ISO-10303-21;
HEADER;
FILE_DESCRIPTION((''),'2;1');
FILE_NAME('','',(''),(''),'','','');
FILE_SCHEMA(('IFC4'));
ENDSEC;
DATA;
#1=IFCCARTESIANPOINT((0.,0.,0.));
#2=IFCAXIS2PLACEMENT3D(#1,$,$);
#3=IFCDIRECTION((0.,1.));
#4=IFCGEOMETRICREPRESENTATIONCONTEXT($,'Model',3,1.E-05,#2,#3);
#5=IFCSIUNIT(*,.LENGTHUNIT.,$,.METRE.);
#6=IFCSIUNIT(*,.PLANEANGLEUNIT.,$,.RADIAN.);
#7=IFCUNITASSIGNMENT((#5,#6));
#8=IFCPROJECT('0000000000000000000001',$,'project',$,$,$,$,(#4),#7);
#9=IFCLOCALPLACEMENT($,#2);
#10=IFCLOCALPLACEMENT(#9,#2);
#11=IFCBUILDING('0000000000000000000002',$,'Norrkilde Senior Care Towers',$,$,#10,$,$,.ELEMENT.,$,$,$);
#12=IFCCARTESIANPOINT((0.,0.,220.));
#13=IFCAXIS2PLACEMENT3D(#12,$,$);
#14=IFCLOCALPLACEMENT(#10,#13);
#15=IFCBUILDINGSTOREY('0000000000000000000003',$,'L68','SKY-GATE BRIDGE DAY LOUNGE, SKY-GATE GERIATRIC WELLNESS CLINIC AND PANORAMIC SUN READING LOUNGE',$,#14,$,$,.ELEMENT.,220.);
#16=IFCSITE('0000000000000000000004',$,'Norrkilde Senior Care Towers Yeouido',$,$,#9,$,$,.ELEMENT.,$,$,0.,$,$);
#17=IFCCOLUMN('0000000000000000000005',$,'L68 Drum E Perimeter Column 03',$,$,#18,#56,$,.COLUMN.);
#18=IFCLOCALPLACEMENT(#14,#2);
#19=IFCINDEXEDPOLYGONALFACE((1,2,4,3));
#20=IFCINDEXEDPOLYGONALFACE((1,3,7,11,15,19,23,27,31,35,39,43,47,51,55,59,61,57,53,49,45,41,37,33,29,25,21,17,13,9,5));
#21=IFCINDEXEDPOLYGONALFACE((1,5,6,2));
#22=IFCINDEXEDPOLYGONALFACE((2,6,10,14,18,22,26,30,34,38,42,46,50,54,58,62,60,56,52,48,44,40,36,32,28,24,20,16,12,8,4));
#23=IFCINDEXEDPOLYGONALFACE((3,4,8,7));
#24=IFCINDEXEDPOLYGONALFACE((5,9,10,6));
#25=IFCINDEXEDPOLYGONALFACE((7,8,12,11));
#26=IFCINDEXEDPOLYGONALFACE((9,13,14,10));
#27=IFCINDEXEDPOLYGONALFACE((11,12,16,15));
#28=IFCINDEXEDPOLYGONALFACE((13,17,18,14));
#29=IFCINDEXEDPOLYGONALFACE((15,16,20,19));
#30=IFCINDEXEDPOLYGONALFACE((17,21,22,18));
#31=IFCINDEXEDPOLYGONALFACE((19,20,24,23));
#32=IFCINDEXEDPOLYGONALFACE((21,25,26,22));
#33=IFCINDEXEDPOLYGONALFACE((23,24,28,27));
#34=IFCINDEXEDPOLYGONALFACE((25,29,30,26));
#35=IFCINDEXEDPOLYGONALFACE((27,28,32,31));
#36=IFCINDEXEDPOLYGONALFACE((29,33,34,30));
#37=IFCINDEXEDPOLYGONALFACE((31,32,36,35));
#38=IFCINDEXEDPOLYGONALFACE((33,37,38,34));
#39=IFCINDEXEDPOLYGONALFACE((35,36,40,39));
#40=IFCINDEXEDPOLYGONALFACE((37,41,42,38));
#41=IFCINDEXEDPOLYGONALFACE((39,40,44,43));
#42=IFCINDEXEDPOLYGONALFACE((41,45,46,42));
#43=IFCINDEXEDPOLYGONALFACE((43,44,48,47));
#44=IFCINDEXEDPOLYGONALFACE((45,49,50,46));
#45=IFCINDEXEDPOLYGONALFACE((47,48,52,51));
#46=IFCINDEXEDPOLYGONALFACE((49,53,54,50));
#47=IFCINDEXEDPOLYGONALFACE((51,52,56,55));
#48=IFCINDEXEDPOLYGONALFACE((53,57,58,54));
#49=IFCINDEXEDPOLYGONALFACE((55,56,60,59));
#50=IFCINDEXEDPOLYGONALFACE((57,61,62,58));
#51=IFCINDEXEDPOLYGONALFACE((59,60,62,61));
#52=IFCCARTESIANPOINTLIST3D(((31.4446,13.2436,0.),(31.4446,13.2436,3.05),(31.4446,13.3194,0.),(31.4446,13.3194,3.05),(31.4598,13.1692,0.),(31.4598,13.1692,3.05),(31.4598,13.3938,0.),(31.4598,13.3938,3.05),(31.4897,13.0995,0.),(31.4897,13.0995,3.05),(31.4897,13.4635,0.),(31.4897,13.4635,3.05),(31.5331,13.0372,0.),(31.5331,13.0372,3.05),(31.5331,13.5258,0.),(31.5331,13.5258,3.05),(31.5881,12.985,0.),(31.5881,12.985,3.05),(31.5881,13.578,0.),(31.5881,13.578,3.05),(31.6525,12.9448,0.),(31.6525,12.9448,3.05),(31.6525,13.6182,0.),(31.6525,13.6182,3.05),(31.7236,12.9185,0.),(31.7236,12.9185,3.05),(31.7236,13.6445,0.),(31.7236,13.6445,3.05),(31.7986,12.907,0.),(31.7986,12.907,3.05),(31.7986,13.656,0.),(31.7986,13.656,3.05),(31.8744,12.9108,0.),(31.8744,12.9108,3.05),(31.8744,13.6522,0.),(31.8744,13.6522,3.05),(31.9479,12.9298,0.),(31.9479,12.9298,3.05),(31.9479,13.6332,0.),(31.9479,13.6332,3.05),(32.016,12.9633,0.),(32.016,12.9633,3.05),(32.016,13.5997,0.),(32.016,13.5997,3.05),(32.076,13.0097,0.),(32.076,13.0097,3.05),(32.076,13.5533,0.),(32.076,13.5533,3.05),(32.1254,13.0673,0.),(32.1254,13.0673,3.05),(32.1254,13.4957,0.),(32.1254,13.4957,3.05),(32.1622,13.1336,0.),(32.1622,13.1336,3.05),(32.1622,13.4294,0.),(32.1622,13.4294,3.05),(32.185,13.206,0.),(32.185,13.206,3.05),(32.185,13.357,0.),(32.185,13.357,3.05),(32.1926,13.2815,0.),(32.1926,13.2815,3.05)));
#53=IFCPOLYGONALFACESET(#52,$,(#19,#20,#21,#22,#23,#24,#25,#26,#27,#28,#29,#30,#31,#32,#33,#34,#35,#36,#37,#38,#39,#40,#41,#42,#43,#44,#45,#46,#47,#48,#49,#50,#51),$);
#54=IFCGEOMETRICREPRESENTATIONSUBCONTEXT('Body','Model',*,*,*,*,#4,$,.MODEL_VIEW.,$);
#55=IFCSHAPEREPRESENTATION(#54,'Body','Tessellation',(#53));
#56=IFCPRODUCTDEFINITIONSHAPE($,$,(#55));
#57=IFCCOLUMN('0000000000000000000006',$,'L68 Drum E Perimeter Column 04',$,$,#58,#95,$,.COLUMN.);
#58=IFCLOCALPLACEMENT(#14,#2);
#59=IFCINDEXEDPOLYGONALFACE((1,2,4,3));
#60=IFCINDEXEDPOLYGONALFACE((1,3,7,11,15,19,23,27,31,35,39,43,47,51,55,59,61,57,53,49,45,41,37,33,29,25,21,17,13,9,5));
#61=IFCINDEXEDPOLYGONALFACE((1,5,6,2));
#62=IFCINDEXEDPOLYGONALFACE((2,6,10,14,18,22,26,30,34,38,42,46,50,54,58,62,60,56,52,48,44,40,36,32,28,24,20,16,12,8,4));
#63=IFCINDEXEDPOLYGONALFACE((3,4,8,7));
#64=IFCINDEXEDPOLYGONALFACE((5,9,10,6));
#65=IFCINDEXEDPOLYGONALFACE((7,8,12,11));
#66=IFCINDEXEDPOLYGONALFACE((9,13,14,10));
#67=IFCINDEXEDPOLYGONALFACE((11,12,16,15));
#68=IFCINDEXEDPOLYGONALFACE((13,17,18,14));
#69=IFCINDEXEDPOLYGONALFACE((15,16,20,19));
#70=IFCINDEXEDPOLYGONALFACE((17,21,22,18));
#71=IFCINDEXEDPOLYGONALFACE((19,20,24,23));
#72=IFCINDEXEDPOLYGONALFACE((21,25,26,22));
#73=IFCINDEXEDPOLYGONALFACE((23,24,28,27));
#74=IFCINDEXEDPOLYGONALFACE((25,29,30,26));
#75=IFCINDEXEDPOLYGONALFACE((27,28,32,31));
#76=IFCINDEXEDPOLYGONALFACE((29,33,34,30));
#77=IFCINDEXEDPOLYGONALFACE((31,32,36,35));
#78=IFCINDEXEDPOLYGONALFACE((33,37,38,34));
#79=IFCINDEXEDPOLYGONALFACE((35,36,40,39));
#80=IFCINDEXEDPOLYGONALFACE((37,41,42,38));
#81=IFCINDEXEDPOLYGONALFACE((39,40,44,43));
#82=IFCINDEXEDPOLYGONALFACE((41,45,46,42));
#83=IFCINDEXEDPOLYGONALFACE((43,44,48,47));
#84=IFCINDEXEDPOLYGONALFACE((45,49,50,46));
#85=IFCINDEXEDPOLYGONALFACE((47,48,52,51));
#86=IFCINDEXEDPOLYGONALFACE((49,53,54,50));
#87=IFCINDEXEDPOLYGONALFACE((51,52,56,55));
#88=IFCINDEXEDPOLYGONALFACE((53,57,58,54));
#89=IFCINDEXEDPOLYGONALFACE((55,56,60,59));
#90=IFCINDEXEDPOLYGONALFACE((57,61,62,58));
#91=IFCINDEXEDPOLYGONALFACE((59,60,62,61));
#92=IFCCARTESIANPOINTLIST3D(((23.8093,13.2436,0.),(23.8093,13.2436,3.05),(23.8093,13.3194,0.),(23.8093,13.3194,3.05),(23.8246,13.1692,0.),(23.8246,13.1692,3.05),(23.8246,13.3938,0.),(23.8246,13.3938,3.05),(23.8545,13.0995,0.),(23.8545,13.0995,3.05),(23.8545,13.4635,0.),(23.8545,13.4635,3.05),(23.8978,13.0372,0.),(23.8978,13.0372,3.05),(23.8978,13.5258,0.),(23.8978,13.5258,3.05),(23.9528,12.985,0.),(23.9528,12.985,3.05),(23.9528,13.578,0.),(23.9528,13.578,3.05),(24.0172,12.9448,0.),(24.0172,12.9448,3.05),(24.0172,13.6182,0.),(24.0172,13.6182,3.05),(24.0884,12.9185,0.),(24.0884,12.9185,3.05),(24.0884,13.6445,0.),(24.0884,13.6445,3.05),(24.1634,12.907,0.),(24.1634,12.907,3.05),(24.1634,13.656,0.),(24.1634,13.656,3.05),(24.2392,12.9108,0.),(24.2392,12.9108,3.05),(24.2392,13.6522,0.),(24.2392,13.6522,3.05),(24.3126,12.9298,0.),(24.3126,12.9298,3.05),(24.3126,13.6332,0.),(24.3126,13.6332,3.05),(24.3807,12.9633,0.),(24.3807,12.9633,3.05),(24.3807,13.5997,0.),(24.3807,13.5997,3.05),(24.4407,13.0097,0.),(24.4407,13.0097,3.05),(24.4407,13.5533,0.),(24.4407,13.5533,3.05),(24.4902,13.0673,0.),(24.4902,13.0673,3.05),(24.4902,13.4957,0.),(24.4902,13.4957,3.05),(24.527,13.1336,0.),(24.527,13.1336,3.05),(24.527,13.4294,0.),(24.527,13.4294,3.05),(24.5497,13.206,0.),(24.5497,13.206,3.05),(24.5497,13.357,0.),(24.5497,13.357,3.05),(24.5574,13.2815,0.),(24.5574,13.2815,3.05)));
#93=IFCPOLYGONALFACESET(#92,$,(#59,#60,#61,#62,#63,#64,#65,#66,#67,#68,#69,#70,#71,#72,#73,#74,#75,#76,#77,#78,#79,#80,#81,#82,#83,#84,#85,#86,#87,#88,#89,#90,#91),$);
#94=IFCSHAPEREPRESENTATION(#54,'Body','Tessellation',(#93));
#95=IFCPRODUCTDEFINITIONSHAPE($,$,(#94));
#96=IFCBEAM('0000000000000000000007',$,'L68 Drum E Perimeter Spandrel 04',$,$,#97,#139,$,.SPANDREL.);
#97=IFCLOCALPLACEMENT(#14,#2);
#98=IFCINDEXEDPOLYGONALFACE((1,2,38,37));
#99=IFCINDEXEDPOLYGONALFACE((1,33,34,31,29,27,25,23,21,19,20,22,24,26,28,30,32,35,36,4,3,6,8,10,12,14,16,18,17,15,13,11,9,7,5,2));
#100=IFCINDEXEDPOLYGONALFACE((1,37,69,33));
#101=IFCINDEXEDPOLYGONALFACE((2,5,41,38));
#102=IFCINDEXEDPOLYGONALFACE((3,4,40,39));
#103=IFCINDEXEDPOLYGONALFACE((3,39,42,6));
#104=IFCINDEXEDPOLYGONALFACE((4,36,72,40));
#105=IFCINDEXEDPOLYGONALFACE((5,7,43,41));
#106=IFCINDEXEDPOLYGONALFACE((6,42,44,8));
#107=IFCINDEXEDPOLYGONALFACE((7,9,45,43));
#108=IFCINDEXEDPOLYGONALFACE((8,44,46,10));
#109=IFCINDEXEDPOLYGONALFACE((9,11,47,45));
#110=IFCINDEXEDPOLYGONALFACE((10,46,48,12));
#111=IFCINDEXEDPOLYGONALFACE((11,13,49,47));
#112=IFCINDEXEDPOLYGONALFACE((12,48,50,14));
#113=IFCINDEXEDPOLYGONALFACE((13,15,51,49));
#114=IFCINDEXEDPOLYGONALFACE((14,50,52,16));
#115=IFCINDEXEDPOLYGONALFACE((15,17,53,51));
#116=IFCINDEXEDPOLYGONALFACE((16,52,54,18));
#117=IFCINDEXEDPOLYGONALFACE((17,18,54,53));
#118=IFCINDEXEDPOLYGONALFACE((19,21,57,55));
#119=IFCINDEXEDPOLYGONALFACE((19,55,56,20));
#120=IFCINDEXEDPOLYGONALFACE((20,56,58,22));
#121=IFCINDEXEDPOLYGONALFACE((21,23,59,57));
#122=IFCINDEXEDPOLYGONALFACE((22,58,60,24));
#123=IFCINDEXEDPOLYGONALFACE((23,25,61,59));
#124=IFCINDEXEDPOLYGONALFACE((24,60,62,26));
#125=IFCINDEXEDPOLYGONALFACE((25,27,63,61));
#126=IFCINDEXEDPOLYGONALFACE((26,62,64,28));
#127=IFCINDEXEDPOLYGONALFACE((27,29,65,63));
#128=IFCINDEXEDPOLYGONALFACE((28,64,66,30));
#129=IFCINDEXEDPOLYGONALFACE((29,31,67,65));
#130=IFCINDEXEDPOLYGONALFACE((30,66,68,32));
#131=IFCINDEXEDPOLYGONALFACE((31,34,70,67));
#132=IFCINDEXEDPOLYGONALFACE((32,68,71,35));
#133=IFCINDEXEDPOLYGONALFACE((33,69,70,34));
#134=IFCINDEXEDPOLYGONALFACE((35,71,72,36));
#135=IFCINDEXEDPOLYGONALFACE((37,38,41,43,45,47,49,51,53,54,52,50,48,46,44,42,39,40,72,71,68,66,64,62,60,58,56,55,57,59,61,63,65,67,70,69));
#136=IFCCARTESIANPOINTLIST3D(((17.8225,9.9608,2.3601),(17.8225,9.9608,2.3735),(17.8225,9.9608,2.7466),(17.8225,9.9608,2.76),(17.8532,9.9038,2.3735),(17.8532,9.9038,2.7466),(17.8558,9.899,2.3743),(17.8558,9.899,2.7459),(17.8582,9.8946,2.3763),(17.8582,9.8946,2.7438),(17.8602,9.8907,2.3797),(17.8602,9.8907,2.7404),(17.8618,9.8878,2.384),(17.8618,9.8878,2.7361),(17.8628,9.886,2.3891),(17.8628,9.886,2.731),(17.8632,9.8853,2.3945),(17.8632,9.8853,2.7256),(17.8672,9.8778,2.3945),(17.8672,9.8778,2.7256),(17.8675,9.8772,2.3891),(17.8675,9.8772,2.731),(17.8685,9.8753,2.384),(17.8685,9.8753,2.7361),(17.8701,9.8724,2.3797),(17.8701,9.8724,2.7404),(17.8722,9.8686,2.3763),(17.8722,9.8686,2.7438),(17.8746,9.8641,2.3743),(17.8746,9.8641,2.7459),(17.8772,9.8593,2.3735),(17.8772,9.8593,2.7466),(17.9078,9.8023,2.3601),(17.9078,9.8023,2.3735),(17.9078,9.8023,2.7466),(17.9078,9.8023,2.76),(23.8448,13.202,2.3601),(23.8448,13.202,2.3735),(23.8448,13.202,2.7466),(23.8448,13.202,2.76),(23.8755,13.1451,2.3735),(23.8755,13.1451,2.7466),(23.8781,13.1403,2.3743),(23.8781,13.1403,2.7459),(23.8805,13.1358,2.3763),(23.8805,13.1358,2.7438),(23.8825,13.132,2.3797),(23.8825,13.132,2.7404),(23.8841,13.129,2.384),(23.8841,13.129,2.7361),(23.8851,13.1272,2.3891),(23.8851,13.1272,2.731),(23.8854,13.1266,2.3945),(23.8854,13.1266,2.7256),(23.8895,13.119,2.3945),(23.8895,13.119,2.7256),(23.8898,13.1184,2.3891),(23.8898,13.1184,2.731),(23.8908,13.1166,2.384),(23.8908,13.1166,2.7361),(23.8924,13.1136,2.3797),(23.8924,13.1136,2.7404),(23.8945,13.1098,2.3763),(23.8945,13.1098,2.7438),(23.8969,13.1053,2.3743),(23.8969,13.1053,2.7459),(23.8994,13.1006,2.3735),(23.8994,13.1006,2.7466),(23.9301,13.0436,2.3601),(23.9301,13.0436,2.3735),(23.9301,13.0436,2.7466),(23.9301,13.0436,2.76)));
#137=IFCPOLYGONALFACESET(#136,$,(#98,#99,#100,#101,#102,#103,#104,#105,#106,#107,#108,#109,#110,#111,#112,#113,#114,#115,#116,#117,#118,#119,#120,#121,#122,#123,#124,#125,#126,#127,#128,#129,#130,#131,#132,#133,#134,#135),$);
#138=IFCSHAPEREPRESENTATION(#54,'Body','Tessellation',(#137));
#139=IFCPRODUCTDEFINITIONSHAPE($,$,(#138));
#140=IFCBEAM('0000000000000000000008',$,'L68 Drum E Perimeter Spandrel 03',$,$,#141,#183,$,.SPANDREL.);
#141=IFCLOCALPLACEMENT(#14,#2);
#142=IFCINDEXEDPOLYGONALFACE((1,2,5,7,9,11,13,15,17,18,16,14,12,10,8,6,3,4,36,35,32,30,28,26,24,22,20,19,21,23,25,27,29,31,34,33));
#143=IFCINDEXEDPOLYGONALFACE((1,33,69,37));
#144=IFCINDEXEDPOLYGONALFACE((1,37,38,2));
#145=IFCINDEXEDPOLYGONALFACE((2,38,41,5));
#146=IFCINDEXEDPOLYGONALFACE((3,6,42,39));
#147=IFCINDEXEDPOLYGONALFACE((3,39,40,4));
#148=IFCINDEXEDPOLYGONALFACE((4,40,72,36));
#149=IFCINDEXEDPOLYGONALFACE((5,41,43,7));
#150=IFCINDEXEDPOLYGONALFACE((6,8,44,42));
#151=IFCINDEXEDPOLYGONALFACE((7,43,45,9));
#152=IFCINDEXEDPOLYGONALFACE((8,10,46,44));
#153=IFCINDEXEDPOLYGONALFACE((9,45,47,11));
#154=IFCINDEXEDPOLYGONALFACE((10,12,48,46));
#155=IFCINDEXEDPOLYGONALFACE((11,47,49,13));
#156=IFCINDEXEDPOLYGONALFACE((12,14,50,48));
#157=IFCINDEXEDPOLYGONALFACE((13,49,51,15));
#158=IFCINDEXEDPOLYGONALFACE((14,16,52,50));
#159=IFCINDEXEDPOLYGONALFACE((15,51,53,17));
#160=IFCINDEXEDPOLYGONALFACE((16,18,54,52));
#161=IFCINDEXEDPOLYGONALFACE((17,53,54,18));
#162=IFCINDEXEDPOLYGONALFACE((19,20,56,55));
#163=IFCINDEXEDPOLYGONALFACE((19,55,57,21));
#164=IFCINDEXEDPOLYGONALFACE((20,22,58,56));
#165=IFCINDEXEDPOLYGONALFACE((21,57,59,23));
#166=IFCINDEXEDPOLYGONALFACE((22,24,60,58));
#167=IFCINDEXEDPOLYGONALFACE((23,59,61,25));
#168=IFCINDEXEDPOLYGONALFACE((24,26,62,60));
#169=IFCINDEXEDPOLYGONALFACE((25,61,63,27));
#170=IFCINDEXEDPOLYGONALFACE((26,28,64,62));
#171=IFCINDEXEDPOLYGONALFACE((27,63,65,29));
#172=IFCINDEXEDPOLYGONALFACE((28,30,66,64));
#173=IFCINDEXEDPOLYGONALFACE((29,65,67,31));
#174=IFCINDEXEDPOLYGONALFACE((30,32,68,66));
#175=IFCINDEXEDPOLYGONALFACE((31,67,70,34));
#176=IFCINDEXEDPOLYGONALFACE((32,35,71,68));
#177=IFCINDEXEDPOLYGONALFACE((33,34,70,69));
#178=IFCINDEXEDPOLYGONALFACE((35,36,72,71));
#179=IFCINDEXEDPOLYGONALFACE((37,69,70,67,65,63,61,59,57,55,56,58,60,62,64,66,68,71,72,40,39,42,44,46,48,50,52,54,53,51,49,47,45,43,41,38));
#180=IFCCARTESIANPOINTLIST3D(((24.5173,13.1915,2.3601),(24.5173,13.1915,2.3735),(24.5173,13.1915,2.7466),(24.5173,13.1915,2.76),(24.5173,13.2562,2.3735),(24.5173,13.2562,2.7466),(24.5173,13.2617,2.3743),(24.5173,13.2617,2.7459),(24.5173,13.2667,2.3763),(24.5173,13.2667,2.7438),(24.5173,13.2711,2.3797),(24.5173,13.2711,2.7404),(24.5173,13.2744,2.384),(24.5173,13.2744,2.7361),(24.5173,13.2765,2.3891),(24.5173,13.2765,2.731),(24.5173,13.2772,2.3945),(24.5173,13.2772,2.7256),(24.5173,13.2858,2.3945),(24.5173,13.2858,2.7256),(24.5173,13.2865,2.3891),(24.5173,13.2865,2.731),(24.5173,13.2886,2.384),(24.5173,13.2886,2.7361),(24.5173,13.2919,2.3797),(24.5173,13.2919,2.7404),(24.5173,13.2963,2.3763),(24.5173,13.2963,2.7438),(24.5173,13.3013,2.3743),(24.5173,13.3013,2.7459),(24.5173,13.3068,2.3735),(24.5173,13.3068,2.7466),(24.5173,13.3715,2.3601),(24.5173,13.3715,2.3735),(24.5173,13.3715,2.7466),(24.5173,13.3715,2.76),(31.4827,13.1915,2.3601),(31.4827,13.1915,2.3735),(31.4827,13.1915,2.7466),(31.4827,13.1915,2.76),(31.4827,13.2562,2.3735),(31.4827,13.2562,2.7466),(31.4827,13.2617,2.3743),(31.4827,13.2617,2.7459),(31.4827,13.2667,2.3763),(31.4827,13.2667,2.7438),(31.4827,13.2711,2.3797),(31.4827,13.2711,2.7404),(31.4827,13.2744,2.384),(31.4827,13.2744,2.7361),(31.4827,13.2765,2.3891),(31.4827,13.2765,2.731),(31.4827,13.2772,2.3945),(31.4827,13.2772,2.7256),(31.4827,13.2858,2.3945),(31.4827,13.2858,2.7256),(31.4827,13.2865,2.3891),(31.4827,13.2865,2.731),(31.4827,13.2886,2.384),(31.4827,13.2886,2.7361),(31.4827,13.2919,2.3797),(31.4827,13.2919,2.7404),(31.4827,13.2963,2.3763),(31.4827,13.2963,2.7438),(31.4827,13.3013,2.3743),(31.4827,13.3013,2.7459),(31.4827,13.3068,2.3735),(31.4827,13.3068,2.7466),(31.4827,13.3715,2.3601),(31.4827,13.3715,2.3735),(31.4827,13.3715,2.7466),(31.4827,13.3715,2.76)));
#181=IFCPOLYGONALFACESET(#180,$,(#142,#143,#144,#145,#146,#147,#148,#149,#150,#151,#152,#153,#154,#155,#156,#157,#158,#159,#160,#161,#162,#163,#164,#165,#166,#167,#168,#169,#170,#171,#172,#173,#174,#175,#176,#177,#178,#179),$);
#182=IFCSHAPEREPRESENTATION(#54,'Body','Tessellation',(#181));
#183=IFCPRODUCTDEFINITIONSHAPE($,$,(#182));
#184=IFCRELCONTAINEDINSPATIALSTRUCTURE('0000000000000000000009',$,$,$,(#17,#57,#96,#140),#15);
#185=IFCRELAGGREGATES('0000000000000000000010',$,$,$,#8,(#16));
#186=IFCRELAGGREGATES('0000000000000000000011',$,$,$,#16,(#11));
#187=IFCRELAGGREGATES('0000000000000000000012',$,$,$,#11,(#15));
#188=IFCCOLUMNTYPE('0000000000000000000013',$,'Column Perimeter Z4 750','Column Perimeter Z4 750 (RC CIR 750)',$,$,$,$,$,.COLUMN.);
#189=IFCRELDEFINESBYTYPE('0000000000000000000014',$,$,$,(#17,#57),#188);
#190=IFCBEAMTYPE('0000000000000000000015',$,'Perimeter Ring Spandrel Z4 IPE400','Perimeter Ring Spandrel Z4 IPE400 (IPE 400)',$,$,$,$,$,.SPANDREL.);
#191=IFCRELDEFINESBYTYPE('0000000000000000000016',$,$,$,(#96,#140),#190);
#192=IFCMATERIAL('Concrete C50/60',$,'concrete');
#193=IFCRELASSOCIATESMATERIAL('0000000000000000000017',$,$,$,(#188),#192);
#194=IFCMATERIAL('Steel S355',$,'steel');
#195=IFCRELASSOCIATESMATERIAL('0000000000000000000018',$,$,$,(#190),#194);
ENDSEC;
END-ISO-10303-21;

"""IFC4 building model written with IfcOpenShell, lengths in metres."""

from ifc_helpers import new_model, si_unit, direction, frame, origin, origin_2d, place, context, subcontext, project, spatial, circle, i_section, extrude, source, transform, mapped, material, material_profile, profile_set, type_object, type_shapes, element, save


model = new_model("IFC4")

# Units and contexts
model_context = context("Model", 3, precision=1e-05, world=origin(), true_north=direction((0.0, 1.0)))
body_context = subcontext(model_context, "Body", "Model", "MODEL_VIEW")
ifc_project = project(units=[si_unit("LENGTHUNIT", "METRE"), si_unit("PLANEANGLEUNIT", "RADIAN")], contexts=[model_context])

# Site, building, storey
site_placement = place(None, origin())
site = spatial("IfcSite", under=ifc_project, at=site_placement, Name="Norrkilde Senior Care Towers Yeouido", CompositionType="ELEMENT", RefElevation=0.0)
building_placement = place(site_placement, origin())
building = spatial("IfcBuilding", under=site, at=building_placement, Name="Norrkilde Senior Care Towers", CompositionType="ELEMENT")
storey_placement = place(building_placement, frame((0.0, 0.0, 220.0)))
storey = spatial("IfcBuildingStorey", under=building, at=storey_placement, Name="L68", Description="SKY-GATE BRIDGE DAY LOUNGE, SKY-GATE GERIATRIC WELLNESS CLINIC AND PANORAMIC SUN READING LOUNGE", CompositionType="ELEMENT", Elevation=220.0)

# Columns
ifc_material_1 = material(Name="Concrete C50/60", Category="concrete")
ifc_material_profile_1 = material_profile(ifc_material_1, circle(Radius=0.375, at=origin_2d()), Name="RC CIR 750")
ifc_profile_set_1 = profile_set([ifc_material_profile_1], Name="Concrete C50/60")
column_type = type_object("IfcColumnType", Name="Column Perimeter Z4 750", Description="Column Perimeter Z4 750 (RC CIR 750)", PredefinedType="COLUMN", material=ifc_profile_set_1)
shared_shape_1 = source(origin(), body_context, "Body", "SweptSolid", [
    extrude(circle(Radius=0.375, at=origin_2d()), origin(), (0.0, 0.0, 1.0), 3.05),
])
type_shapes(column_type, [shared_shape_1])
for number, where, z_axis, x_axis, name in (
    (1, (31.8176, 13.2815, 0.0), (0.0, 0.0, 1.0), (1.0, 0.0, 0.0), "L68 Drum E Perimeter Column 03"),
    (2, (24.1824, 13.2815, 0.0), (0.0, 0.0, 1.0), (1.0, 0.0, 0.0), "L68 Drum E Perimeter Column 04"),
):
    element("IfcColumn", number, at=place(storey_placement, frame(where, z_axis=z_axis, x_axis=x_axis)), inside=storey, type_object=column_type, Name=name, PredefinedType="COLUMN", context=body_context, shape_type="MappedRepresentation", body=[
        mapped(shared_shape_1, transform((0.0, 0.0, 0.0), x_axis=(1.0, 0.0, 0.0), y_axis=(0.0, 1.0, 0.0), z_axis=(0.0, 0.0, 1.0), scale=1.0)),
    ])

# Beams
ifc_material_2 = material(Name="Steel S355", Category="steel")
ifc_material_profile_2 = material_profile(ifc_material_2, i_section(OverallWidth=0.1799, OverallDepth=0.3999, WebThickness=0.0085, FlangeThickness=0.0134, FilletRadius=0.021, at=origin_2d()), Name="IPE 400")
ifc_profile_set_2 = profile_set([ifc_material_profile_2], Name="Steel S355")
beam_type_1 = type_object("IfcBeamType", Name="Perimeter Ring Spandrel Z4 IPE400", Description="Perimeter Ring Spandrel Z4 IPE400 (IPE 400)", PredefinedType="SPANDREL", material=ifc_profile_set_2)
shared_shape_2 = source(origin(), body_context, "Body", "SweptSolid", [
    extrude(i_section(OverallWidth=0.1799, OverallDepth=0.3999, WebThickness=0.0085, FlangeThickness=0.0134, FilletRadius=0.021, at=origin_2d()), origin(), (0.0, 0.0, 1.0), 6.8391),
])
beam_1_placement = place(storey_placement, frame((23.8875, 13.1228, 2.5601), z_axis=(-0.880564, -0.473927, 0.0), x_axis=(0.473927, -0.880564, 0.0)))
element("IfcBeam", 3, at=beam_1_placement, inside=storey, type_object=beam_type_1, Name="L68 Drum E Perimeter Spandrel 04", PredefinedType="SPANDREL", context=body_context, shape_type="MappedRepresentation", body=[
    mapped(shared_shape_2, transform((0.0, 0.0, 0.0), x_axis=(1.0, 0.0, 0.0), y_axis=(0.0, 1.0, 0.0), z_axis=(0.0, 0.0, 1.0), scale=1.0)),
])
shared_shape_3 = source(origin(), body_context, "Body", "SweptSolid", [
    extrude(i_section(OverallWidth=0.1799, OverallDepth=0.3999, WebThickness=0.0085, FlangeThickness=0.0134, FilletRadius=0.021, at=origin_2d()), origin(), (0.0, 0.0, 1.0), 6.9653),
])
type_shapes(beam_type_1, [shared_shape_2, shared_shape_3])
beam_2_placement = place(storey_placement, frame((31.4827, 13.2815, 2.5601), z_axis=(-1.0, 0.0, 0.0), x_axis=(0.0, -1.0, 0.0)))
element("IfcBeam", 4, at=beam_2_placement, inside=storey, type_object=beam_type_1, Name="L68 Drum E Perimeter Spandrel 03", PredefinedType="SPANDREL", context=body_context, shape_type="MappedRepresentation", body=[
    mapped(shared_shape_3, transform((0.0, 0.0, 0.0), x_axis=(1.0, 0.0, 0.0), y_axis=(0.0, 1.0, 0.0), z_axis=(0.0, 0.0, 1.0), scale=1.0)),
])

save(model, "model.ifc")
